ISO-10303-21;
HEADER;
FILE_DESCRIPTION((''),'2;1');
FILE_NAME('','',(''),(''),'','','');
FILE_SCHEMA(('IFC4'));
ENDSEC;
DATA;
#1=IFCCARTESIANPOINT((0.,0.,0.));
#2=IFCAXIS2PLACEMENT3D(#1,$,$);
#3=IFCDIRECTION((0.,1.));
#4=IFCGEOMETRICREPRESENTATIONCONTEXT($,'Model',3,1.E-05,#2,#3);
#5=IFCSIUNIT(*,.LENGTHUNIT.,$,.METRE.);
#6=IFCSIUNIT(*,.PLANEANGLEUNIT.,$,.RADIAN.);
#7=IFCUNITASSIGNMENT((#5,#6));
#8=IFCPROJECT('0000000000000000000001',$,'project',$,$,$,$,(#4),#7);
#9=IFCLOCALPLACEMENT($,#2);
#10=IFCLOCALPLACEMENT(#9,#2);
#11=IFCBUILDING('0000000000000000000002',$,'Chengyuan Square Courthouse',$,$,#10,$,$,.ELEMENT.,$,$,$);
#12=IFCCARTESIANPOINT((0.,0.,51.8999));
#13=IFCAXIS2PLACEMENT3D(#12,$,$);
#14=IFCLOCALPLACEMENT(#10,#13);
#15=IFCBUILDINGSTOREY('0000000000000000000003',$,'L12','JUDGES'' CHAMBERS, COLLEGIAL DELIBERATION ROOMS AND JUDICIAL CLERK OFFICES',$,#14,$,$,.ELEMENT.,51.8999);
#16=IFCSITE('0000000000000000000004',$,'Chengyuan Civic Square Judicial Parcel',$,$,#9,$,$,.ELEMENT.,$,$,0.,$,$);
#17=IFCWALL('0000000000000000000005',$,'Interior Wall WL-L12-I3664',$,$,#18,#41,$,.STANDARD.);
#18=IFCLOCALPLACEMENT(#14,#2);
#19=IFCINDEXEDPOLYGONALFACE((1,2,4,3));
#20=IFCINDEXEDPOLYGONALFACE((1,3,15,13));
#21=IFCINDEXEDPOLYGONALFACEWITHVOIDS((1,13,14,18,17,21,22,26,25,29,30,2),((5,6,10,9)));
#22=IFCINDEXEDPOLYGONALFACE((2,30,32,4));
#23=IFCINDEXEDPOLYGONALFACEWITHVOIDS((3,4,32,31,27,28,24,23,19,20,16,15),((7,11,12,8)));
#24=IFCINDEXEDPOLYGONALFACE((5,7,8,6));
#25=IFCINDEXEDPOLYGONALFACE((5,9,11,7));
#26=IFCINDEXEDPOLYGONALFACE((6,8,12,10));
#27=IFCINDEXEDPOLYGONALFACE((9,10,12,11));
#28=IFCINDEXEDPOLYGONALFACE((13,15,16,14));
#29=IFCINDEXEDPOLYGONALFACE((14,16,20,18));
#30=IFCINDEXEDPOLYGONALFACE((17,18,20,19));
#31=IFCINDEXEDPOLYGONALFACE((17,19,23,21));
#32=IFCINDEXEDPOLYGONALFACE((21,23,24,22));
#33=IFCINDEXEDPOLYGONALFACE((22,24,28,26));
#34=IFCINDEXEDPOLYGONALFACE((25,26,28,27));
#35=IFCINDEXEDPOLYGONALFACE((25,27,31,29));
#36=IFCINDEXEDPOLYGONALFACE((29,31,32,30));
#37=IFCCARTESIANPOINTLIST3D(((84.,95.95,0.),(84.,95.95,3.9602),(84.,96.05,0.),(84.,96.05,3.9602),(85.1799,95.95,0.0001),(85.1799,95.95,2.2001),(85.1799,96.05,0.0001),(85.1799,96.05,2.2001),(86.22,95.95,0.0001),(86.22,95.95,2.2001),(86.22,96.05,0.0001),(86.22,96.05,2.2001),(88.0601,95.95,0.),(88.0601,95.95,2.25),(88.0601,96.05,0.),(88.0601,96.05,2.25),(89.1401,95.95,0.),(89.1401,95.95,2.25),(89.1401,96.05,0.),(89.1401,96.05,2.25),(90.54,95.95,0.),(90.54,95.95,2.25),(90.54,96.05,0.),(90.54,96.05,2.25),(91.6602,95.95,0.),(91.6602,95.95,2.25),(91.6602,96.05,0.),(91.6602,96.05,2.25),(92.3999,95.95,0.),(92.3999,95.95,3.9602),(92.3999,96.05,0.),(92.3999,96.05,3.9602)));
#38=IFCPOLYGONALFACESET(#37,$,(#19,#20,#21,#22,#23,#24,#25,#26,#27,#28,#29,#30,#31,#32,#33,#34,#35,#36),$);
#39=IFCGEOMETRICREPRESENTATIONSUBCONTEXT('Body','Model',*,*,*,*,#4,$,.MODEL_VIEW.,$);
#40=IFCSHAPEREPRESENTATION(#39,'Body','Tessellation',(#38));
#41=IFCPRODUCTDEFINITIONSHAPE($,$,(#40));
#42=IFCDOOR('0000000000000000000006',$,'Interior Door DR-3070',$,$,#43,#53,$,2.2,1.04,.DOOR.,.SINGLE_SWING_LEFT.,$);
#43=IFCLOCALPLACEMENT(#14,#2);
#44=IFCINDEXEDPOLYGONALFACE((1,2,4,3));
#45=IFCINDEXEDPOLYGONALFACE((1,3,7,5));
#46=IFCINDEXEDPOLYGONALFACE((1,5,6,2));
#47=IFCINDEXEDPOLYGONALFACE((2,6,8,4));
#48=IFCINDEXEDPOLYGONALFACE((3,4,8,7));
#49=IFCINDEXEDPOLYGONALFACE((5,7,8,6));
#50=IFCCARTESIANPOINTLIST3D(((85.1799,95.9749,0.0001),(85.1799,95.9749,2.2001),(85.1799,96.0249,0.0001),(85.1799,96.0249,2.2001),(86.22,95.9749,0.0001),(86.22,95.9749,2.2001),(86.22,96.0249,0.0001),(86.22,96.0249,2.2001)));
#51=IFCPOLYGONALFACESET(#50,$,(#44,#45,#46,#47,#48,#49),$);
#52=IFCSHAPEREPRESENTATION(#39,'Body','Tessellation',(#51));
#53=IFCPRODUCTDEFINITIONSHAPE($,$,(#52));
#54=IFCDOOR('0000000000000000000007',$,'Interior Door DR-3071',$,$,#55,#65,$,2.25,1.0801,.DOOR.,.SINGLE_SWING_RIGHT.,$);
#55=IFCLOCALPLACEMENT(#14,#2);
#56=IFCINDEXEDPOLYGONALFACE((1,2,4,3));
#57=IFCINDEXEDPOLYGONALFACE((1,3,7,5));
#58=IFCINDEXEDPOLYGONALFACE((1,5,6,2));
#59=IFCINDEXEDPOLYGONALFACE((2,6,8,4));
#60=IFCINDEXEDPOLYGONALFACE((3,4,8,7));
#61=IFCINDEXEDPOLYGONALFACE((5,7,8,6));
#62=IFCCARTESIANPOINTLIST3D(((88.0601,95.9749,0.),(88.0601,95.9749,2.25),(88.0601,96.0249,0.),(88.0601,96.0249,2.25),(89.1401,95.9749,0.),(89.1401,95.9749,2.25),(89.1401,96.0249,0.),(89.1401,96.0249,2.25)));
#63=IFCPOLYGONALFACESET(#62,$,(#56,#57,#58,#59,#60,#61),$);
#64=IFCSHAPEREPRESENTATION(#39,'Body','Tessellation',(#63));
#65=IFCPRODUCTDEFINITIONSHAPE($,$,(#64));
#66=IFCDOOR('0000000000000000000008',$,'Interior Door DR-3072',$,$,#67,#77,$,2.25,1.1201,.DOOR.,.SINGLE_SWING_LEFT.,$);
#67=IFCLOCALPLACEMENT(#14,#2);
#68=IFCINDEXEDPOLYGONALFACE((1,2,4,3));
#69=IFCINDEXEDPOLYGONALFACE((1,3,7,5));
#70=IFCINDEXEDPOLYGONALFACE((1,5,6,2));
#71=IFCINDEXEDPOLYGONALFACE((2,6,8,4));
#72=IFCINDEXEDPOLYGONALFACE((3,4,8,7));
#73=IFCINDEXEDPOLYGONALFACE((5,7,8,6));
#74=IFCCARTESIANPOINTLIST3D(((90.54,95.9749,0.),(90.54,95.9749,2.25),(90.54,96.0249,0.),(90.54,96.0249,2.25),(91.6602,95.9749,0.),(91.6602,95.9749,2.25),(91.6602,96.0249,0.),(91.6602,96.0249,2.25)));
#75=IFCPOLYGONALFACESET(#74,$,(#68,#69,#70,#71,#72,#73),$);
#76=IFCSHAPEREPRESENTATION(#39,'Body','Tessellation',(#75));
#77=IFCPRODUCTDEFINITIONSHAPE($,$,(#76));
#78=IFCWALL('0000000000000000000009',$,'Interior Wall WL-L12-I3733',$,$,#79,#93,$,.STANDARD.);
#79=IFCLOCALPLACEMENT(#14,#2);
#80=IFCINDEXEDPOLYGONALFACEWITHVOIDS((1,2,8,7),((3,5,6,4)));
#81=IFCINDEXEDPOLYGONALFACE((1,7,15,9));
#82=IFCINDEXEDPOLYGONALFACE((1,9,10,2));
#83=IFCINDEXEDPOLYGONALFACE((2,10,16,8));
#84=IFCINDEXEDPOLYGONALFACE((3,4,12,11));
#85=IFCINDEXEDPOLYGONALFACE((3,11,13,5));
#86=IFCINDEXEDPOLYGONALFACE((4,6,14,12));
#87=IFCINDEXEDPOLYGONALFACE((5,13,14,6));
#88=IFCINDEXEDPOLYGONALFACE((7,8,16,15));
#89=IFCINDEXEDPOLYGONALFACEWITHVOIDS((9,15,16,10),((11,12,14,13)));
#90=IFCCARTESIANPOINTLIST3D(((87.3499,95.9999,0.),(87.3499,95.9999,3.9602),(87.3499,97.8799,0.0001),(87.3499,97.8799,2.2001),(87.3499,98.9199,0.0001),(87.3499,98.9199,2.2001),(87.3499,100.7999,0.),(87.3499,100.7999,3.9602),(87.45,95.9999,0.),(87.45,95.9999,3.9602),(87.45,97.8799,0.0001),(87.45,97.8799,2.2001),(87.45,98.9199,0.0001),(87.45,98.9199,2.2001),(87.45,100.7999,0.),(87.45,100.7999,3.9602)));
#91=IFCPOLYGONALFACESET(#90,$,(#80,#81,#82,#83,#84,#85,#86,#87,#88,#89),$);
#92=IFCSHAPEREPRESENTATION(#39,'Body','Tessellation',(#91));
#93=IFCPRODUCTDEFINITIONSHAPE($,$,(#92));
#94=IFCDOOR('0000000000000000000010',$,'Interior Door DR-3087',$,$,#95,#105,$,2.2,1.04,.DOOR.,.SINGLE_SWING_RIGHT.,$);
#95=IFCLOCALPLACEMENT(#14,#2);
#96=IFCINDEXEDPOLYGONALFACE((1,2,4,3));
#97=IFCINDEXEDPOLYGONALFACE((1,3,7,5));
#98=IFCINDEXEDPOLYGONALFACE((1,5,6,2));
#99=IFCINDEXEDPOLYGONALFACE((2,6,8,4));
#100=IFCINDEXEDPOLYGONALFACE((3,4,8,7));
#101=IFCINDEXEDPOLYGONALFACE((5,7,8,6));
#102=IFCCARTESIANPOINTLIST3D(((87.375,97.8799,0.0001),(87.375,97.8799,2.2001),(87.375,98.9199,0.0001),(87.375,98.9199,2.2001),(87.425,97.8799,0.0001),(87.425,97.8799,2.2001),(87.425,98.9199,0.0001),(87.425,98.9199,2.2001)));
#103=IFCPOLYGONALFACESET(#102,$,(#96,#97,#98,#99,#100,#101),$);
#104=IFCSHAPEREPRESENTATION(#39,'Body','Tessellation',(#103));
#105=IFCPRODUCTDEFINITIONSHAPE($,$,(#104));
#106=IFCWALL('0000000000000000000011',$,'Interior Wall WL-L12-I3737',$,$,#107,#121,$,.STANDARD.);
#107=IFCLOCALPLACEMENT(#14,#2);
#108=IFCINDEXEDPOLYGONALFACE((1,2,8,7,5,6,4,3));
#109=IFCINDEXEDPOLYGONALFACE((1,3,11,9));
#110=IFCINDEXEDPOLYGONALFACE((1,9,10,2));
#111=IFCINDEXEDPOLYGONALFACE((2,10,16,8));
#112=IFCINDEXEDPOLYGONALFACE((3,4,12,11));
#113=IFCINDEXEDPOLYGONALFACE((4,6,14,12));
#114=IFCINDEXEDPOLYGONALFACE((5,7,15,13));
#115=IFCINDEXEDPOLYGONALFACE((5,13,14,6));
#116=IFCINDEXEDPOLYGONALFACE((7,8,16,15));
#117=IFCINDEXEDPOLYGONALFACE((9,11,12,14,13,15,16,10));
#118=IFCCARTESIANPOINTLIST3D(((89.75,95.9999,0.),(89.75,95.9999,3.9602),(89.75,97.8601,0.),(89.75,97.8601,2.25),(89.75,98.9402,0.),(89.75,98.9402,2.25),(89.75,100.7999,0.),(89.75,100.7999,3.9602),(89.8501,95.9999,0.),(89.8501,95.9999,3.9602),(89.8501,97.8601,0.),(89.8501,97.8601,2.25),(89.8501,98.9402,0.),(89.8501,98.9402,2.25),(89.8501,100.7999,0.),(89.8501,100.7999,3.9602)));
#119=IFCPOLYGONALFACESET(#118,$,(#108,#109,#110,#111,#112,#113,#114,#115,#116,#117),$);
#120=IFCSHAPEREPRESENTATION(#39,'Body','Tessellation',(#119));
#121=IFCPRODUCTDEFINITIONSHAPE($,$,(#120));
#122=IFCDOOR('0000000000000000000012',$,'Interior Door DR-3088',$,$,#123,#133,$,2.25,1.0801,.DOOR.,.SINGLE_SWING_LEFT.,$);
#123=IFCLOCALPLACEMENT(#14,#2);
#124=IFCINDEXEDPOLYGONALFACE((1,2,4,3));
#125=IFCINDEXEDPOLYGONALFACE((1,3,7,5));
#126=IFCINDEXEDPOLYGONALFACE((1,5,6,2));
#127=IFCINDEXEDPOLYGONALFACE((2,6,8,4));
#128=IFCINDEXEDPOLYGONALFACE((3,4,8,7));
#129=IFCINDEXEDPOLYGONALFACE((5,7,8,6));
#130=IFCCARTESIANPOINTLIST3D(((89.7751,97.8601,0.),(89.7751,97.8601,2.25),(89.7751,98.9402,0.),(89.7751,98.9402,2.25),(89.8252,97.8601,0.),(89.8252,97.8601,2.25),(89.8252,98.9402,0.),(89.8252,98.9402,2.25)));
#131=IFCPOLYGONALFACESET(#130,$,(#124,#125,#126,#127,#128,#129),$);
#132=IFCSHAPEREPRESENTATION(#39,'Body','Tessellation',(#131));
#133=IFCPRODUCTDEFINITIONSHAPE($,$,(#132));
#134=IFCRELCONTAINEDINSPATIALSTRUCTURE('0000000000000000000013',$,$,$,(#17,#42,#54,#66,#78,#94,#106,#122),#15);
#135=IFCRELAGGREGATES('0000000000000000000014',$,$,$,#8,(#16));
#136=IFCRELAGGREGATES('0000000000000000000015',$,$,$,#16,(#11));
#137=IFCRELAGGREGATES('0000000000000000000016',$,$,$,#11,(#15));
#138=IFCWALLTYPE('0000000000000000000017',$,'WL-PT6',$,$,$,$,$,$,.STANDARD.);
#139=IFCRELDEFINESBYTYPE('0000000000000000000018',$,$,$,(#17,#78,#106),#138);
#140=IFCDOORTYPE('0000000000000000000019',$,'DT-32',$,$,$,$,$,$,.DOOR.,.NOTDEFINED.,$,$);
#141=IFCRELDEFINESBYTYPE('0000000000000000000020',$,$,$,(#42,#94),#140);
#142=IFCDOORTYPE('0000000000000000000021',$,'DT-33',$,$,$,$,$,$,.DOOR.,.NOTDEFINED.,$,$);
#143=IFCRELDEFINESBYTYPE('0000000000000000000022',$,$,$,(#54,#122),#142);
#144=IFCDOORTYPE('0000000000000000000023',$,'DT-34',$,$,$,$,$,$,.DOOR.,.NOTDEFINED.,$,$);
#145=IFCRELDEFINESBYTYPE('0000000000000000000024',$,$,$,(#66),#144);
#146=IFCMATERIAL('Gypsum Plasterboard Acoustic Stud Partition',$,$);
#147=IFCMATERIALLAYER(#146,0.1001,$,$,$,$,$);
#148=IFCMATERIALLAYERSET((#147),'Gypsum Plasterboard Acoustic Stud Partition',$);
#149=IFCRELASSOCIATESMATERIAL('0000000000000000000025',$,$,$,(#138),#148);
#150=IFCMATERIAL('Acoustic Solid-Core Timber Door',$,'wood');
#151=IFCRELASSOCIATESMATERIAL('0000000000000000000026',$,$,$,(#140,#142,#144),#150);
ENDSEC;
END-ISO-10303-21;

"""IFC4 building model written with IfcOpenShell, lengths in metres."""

from ifc_helpers import new_model, si_unit, direction, frame, frame_2d, origin, place, context, subcontext, project, spatial, rectangle, extrude, material, layer, layer_set, type_object, element, fill, save


model = new_model("IFC4")

# Units and contexts
model_context = context("Model", 3, precision=1e-05, world=origin(), true_north=direction((0.0, 1.0)))
body_context = subcontext(model_context, "Body", "Model", "MODEL_VIEW")
ifc_project = project(units=[si_unit("LENGTHUNIT", "METRE"), si_unit("PLANEANGLEUNIT", "RADIAN")], contexts=[model_context])

# Site, building, storey
site_placement = place(None, origin())
site = spatial("IfcSite", under=ifc_project, at=site_placement, Name="Chengyuan Civic Square Judicial Parcel", CompositionType="ELEMENT", RefElevation=0.0)
building_placement = place(site_placement, origin())
building = spatial("IfcBuilding", under=site, at=building_placement, Name="Chengyuan Square Courthouse", CompositionType="ELEMENT")
storey_placement = place(building_placement, frame((0.0, 0.0, 51.8999)))
storey = spatial("IfcBuildingStorey", under=building, at=storey_placement, Name="L12", Description="JUDGES' CHAMBERS, COLLEGIAL DELIBERATION ROOMS AND JUDICIAL CLERK OFFICES", CompositionType="ELEMENT", Elevation=51.8999)

# Wall, openings, doors
ifc_material_1 = material(Name="Acoustic Solid-Core Timber Door", Category="wood")
ifc_material_2 = material(Name="Gypsum Plasterboard Acoustic Stud Partition")
ifc_layer_1 = layer(ifc_material_2, 0.1001)
ifc_layer_set_1 = layer_set([ifc_layer_1], Name="Gypsum Plasterboard Acoustic Stud Partition")
wall_type_1 = type_object("IfcWallType", Name="WL-PT6", PredefinedType="STANDARD", material=ifc_layer_set_1)
wall_1_placement = place(storey_placement, frame((84.0, 96.0, 0.0), z_axis=(0.0, 0.0, 1.0), x_axis=(1.0, 0.0, 0.0)))
wall_1 = element("IfcWall", 1, at=wall_1_placement, inside=storey, type_object=wall_type_1, Name="Interior Wall WL-L12-I3664", PredefinedType="STANDARD", context=body_context, shape_type="SweptSolid", body=[
    extrude(rectangle(XDim=8.3999, YDim=0.1001, at=frame_2d((4.2, 0.0))), origin(), (0.0, 0.0, 1.0), 3.9602),
])
opening_1_placement = place(wall_1_placement, frame((1.1799, 0.0, 0.0)))
opening_1 = element("IfcOpeningElement", 2, at=opening_1_placement, cuts=wall_1, PredefinedType="OPENING", context=body_context, shape_type="SweptSolid", body=[
    extrude(rectangle(XDim=1.04, YDim=2.2, at=frame_2d((0.52, 1.1001))), frame((0.0, 0.062, 0.0), z_axis=(0.0, -1.0, 0.0), x_axis=(1.0, 0.0, 0.0)), (0.0, 0.0, 1.0), 0.124),
])
opening_2_placement = place(wall_1_placement, frame((4.0601, 0.0, 0.0)))
opening_2 = element("IfcOpeningElement", 3, at=opening_2_placement, cuts=wall_1, PredefinedType="OPENING", context=body_context, shape_type="SweptSolid", body=[
    extrude(rectangle(XDim=1.0801, YDim=2.25, at=frame_2d((0.54, 1.125))), frame((0.0, 0.062, 0.0), z_axis=(0.0, -1.0, 0.0), x_axis=(1.0, 0.0, 0.0)), (0.0, 0.0, 1.0), 0.124),
])
opening_3_placement = place(wall_1_placement, frame((6.54, 0.0, 0.0)))
opening_3 = element("IfcOpeningElement", 4, at=opening_3_placement, cuts=wall_1, PredefinedType="OPENING", context=body_context, shape_type="SweptSolid", body=[
    extrude(rectangle(XDim=1.1201, YDim=2.25, at=frame_2d((0.5601, 1.125))), frame((0.0, 0.062, 0.0), z_axis=(0.0, -1.0, 0.0), x_axis=(1.0, 0.0, 0.0)), (0.0, 0.0, 1.0), 0.124),
])
door_type_1 = type_object("IfcDoorType", Name="DT-32", OperationType="NOTDEFINED", PredefinedType="DOOR", material=ifc_material_1)
door_1_placement = place(opening_1_placement, origin())
door_1 = element("IfcDoor", 5, at=door_1_placement, inside=storey, type_object=door_type_1, Name="Interior Door DR-3070", OperationType="SINGLE_SWING_LEFT", OverallHeight=2.2, OverallWidth=1.04, PredefinedType="DOOR", context=body_context, shape_type="SweptSolid", body=[
    extrude(rectangle(XDim=1.04, YDim=2.2, at=frame_2d((0.52, 1.1001))), frame((0.0, 0.0249, 0.0), z_axis=(0.0, -1.0, 0.0), x_axis=(1.0, 0.0, 0.0)), (0.0, 0.0, 1.0), 0.05),
])
fill(opening_1, door_1)
door_type_2 = type_object("IfcDoorType", Name="DT-33", OperationType="NOTDEFINED", PredefinedType="DOOR", material=ifc_material_1)
door_2_placement = place(opening_2_placement, origin())
door_2 = element("IfcDoor", 6, at=door_2_placement, inside=storey, type_object=door_type_2, Name="Interior Door DR-3071", OperationType="SINGLE_SWING_RIGHT", OverallHeight=2.25, OverallWidth=1.0801, PredefinedType="DOOR", context=body_context, shape_type="SweptSolid", body=[
    extrude(rectangle(XDim=1.0801, YDim=2.25, at=frame_2d((0.54, 1.125))), frame((0.0, 0.0249, 0.0), z_axis=(0.0, -1.0, 0.0), x_axis=(1.0, 0.0, 0.0)), (0.0, 0.0, 1.0), 0.05),
])
fill(opening_2, door_2)
door_type_3 = type_object("IfcDoorType", Name="DT-34", OperationType="NOTDEFINED", PredefinedType="DOOR", material=ifc_material_1)
door_3_placement = place(opening_3_placement, origin())
door_3 = element("IfcDoor", 7, at=door_3_placement, inside=storey, type_object=door_type_3, Name="Interior Door DR-3072", OperationType="SINGLE_SWING_LEFT", OverallHeight=2.25, OverallWidth=1.1201, PredefinedType="DOOR", context=body_context, shape_type="SweptSolid", body=[
    extrude(rectangle(XDim=1.1201, YDim=2.25, at=frame_2d((0.5601, 1.125))), frame((0.0, 0.0249, 0.0), z_axis=(0.0, -1.0, 0.0), x_axis=(1.0, 0.0, 0.0)), (0.0, 0.0, 1.0), 0.05),
])
fill(opening_3, door_3)

# Walls, openings, doors
wall_2_placement = place(storey_placement, frame((87.3999, 96.0, 0.0), z_axis=(0.0, 0.0, 1.0), x_axis=(0.0, 1.0, 0.0)))
wall_2 = element("IfcWall", 8, at=wall_2_placement, inside=storey, type_object=wall_type_1, Name="Interior Wall WL-L12-I3733", PredefinedType="STANDARD", context=body_context, shape_type="SweptSolid", body=[
    extrude(rectangle(XDim=4.8, YDim=0.1001, at=frame_2d((2.3999, 0.0))), origin(), (0.0, 0.0, 1.0), 3.9602),
])
opening_4_placement = place(wall_2_placement, frame((1.8799, 0.0, 0.0)))
opening_4 = element("IfcOpeningElement", 9, at=opening_4_placement, cuts=wall_2, PredefinedType="OPENING", context=body_context, shape_type="SweptSolid", body=[
    extrude(rectangle(XDim=1.04, YDim=2.2, at=frame_2d((0.52, 1.1001))), frame((0.0, 0.062, 0.0), z_axis=(0.0, -1.0, 0.0), x_axis=(1.0, 0.0, 0.0)), (0.0, 0.0, 1.0), 0.124),
])
door_4_placement = place(opening_4_placement, origin())
door_4 = element("IfcDoor", 10, at=door_4_placement, inside=storey, type_object=door_type_1, Name="Interior Door DR-3087", OperationType="SINGLE_SWING_RIGHT", OverallHeight=2.2, OverallWidth=1.04, PredefinedType="DOOR", context=body_context, shape_type="SweptSolid", body=[
    extrude(rectangle(XDim=1.04, YDim=2.2, at=frame_2d((0.52, 1.1001))), frame((0.0, 0.0249, 0.0), z_axis=(0.0, -1.0, 0.0), x_axis=(1.0, 0.0, 0.0)), (0.0, 0.0, 1.0), 0.05),
])
fill(opening_4, door_4)
wall_3_placement = place(storey_placement, frame((89.8, 96.0, 0.0), z_axis=(0.0, 0.0, 1.0), x_axis=(0.0, 1.0, 0.0)))
wall_3 = element("IfcWall", 11, at=wall_3_placement, inside=storey, type_object=wall_type_1, Name="Interior Wall WL-L12-I3737", PredefinedType="STANDARD", context=body_context, shape_type="SweptSolid", body=[
    extrude(rectangle(XDim=4.8, YDim=0.1001, at=frame_2d((2.3999, 0.0))), origin(), (0.0, 0.0, 1.0), 3.9602),
])
opening_5_placement = place(wall_3_placement, frame((1.8601, 0.0, 0.0)))
opening_5 = element("IfcOpeningElement", 12, at=opening_5_placement, cuts=wall_3, PredefinedType="OPENING", context=body_context, shape_type="SweptSolid", body=[
    extrude(rectangle(XDim=1.0801, YDim=2.25, at=frame_2d((0.54, 1.125))), frame((0.0, 0.062, 0.0), z_axis=(0.0, -1.0, 0.0), x_axis=(1.0, 0.0, 0.0)), (0.0, 0.0, 1.0), 0.124),
])
door_5_placement = place(opening_5_placement, origin())
door_5 = element("IfcDoor", 13, at=door_5_placement, inside=storey, type_object=door_type_2, Name="Interior Door DR-3088", OperationType="SINGLE_SWING_LEFT", OverallHeight=2.25, OverallWidth=1.0801, PredefinedType="DOOR", context=body_context, shape_type="SweptSolid", body=[
    extrude(rectangle(XDim=1.0801, YDim=2.25, at=frame_2d((0.54, 1.125))), frame((0.0, 0.0249, 0.0), z_axis=(0.0, -1.0, 0.0), x_axis=(1.0, 0.0, 0.0)), (0.0, 0.0, 1.0), 0.05),
])
fill(opening_5, door_5)

save(model, "model.ifc")
